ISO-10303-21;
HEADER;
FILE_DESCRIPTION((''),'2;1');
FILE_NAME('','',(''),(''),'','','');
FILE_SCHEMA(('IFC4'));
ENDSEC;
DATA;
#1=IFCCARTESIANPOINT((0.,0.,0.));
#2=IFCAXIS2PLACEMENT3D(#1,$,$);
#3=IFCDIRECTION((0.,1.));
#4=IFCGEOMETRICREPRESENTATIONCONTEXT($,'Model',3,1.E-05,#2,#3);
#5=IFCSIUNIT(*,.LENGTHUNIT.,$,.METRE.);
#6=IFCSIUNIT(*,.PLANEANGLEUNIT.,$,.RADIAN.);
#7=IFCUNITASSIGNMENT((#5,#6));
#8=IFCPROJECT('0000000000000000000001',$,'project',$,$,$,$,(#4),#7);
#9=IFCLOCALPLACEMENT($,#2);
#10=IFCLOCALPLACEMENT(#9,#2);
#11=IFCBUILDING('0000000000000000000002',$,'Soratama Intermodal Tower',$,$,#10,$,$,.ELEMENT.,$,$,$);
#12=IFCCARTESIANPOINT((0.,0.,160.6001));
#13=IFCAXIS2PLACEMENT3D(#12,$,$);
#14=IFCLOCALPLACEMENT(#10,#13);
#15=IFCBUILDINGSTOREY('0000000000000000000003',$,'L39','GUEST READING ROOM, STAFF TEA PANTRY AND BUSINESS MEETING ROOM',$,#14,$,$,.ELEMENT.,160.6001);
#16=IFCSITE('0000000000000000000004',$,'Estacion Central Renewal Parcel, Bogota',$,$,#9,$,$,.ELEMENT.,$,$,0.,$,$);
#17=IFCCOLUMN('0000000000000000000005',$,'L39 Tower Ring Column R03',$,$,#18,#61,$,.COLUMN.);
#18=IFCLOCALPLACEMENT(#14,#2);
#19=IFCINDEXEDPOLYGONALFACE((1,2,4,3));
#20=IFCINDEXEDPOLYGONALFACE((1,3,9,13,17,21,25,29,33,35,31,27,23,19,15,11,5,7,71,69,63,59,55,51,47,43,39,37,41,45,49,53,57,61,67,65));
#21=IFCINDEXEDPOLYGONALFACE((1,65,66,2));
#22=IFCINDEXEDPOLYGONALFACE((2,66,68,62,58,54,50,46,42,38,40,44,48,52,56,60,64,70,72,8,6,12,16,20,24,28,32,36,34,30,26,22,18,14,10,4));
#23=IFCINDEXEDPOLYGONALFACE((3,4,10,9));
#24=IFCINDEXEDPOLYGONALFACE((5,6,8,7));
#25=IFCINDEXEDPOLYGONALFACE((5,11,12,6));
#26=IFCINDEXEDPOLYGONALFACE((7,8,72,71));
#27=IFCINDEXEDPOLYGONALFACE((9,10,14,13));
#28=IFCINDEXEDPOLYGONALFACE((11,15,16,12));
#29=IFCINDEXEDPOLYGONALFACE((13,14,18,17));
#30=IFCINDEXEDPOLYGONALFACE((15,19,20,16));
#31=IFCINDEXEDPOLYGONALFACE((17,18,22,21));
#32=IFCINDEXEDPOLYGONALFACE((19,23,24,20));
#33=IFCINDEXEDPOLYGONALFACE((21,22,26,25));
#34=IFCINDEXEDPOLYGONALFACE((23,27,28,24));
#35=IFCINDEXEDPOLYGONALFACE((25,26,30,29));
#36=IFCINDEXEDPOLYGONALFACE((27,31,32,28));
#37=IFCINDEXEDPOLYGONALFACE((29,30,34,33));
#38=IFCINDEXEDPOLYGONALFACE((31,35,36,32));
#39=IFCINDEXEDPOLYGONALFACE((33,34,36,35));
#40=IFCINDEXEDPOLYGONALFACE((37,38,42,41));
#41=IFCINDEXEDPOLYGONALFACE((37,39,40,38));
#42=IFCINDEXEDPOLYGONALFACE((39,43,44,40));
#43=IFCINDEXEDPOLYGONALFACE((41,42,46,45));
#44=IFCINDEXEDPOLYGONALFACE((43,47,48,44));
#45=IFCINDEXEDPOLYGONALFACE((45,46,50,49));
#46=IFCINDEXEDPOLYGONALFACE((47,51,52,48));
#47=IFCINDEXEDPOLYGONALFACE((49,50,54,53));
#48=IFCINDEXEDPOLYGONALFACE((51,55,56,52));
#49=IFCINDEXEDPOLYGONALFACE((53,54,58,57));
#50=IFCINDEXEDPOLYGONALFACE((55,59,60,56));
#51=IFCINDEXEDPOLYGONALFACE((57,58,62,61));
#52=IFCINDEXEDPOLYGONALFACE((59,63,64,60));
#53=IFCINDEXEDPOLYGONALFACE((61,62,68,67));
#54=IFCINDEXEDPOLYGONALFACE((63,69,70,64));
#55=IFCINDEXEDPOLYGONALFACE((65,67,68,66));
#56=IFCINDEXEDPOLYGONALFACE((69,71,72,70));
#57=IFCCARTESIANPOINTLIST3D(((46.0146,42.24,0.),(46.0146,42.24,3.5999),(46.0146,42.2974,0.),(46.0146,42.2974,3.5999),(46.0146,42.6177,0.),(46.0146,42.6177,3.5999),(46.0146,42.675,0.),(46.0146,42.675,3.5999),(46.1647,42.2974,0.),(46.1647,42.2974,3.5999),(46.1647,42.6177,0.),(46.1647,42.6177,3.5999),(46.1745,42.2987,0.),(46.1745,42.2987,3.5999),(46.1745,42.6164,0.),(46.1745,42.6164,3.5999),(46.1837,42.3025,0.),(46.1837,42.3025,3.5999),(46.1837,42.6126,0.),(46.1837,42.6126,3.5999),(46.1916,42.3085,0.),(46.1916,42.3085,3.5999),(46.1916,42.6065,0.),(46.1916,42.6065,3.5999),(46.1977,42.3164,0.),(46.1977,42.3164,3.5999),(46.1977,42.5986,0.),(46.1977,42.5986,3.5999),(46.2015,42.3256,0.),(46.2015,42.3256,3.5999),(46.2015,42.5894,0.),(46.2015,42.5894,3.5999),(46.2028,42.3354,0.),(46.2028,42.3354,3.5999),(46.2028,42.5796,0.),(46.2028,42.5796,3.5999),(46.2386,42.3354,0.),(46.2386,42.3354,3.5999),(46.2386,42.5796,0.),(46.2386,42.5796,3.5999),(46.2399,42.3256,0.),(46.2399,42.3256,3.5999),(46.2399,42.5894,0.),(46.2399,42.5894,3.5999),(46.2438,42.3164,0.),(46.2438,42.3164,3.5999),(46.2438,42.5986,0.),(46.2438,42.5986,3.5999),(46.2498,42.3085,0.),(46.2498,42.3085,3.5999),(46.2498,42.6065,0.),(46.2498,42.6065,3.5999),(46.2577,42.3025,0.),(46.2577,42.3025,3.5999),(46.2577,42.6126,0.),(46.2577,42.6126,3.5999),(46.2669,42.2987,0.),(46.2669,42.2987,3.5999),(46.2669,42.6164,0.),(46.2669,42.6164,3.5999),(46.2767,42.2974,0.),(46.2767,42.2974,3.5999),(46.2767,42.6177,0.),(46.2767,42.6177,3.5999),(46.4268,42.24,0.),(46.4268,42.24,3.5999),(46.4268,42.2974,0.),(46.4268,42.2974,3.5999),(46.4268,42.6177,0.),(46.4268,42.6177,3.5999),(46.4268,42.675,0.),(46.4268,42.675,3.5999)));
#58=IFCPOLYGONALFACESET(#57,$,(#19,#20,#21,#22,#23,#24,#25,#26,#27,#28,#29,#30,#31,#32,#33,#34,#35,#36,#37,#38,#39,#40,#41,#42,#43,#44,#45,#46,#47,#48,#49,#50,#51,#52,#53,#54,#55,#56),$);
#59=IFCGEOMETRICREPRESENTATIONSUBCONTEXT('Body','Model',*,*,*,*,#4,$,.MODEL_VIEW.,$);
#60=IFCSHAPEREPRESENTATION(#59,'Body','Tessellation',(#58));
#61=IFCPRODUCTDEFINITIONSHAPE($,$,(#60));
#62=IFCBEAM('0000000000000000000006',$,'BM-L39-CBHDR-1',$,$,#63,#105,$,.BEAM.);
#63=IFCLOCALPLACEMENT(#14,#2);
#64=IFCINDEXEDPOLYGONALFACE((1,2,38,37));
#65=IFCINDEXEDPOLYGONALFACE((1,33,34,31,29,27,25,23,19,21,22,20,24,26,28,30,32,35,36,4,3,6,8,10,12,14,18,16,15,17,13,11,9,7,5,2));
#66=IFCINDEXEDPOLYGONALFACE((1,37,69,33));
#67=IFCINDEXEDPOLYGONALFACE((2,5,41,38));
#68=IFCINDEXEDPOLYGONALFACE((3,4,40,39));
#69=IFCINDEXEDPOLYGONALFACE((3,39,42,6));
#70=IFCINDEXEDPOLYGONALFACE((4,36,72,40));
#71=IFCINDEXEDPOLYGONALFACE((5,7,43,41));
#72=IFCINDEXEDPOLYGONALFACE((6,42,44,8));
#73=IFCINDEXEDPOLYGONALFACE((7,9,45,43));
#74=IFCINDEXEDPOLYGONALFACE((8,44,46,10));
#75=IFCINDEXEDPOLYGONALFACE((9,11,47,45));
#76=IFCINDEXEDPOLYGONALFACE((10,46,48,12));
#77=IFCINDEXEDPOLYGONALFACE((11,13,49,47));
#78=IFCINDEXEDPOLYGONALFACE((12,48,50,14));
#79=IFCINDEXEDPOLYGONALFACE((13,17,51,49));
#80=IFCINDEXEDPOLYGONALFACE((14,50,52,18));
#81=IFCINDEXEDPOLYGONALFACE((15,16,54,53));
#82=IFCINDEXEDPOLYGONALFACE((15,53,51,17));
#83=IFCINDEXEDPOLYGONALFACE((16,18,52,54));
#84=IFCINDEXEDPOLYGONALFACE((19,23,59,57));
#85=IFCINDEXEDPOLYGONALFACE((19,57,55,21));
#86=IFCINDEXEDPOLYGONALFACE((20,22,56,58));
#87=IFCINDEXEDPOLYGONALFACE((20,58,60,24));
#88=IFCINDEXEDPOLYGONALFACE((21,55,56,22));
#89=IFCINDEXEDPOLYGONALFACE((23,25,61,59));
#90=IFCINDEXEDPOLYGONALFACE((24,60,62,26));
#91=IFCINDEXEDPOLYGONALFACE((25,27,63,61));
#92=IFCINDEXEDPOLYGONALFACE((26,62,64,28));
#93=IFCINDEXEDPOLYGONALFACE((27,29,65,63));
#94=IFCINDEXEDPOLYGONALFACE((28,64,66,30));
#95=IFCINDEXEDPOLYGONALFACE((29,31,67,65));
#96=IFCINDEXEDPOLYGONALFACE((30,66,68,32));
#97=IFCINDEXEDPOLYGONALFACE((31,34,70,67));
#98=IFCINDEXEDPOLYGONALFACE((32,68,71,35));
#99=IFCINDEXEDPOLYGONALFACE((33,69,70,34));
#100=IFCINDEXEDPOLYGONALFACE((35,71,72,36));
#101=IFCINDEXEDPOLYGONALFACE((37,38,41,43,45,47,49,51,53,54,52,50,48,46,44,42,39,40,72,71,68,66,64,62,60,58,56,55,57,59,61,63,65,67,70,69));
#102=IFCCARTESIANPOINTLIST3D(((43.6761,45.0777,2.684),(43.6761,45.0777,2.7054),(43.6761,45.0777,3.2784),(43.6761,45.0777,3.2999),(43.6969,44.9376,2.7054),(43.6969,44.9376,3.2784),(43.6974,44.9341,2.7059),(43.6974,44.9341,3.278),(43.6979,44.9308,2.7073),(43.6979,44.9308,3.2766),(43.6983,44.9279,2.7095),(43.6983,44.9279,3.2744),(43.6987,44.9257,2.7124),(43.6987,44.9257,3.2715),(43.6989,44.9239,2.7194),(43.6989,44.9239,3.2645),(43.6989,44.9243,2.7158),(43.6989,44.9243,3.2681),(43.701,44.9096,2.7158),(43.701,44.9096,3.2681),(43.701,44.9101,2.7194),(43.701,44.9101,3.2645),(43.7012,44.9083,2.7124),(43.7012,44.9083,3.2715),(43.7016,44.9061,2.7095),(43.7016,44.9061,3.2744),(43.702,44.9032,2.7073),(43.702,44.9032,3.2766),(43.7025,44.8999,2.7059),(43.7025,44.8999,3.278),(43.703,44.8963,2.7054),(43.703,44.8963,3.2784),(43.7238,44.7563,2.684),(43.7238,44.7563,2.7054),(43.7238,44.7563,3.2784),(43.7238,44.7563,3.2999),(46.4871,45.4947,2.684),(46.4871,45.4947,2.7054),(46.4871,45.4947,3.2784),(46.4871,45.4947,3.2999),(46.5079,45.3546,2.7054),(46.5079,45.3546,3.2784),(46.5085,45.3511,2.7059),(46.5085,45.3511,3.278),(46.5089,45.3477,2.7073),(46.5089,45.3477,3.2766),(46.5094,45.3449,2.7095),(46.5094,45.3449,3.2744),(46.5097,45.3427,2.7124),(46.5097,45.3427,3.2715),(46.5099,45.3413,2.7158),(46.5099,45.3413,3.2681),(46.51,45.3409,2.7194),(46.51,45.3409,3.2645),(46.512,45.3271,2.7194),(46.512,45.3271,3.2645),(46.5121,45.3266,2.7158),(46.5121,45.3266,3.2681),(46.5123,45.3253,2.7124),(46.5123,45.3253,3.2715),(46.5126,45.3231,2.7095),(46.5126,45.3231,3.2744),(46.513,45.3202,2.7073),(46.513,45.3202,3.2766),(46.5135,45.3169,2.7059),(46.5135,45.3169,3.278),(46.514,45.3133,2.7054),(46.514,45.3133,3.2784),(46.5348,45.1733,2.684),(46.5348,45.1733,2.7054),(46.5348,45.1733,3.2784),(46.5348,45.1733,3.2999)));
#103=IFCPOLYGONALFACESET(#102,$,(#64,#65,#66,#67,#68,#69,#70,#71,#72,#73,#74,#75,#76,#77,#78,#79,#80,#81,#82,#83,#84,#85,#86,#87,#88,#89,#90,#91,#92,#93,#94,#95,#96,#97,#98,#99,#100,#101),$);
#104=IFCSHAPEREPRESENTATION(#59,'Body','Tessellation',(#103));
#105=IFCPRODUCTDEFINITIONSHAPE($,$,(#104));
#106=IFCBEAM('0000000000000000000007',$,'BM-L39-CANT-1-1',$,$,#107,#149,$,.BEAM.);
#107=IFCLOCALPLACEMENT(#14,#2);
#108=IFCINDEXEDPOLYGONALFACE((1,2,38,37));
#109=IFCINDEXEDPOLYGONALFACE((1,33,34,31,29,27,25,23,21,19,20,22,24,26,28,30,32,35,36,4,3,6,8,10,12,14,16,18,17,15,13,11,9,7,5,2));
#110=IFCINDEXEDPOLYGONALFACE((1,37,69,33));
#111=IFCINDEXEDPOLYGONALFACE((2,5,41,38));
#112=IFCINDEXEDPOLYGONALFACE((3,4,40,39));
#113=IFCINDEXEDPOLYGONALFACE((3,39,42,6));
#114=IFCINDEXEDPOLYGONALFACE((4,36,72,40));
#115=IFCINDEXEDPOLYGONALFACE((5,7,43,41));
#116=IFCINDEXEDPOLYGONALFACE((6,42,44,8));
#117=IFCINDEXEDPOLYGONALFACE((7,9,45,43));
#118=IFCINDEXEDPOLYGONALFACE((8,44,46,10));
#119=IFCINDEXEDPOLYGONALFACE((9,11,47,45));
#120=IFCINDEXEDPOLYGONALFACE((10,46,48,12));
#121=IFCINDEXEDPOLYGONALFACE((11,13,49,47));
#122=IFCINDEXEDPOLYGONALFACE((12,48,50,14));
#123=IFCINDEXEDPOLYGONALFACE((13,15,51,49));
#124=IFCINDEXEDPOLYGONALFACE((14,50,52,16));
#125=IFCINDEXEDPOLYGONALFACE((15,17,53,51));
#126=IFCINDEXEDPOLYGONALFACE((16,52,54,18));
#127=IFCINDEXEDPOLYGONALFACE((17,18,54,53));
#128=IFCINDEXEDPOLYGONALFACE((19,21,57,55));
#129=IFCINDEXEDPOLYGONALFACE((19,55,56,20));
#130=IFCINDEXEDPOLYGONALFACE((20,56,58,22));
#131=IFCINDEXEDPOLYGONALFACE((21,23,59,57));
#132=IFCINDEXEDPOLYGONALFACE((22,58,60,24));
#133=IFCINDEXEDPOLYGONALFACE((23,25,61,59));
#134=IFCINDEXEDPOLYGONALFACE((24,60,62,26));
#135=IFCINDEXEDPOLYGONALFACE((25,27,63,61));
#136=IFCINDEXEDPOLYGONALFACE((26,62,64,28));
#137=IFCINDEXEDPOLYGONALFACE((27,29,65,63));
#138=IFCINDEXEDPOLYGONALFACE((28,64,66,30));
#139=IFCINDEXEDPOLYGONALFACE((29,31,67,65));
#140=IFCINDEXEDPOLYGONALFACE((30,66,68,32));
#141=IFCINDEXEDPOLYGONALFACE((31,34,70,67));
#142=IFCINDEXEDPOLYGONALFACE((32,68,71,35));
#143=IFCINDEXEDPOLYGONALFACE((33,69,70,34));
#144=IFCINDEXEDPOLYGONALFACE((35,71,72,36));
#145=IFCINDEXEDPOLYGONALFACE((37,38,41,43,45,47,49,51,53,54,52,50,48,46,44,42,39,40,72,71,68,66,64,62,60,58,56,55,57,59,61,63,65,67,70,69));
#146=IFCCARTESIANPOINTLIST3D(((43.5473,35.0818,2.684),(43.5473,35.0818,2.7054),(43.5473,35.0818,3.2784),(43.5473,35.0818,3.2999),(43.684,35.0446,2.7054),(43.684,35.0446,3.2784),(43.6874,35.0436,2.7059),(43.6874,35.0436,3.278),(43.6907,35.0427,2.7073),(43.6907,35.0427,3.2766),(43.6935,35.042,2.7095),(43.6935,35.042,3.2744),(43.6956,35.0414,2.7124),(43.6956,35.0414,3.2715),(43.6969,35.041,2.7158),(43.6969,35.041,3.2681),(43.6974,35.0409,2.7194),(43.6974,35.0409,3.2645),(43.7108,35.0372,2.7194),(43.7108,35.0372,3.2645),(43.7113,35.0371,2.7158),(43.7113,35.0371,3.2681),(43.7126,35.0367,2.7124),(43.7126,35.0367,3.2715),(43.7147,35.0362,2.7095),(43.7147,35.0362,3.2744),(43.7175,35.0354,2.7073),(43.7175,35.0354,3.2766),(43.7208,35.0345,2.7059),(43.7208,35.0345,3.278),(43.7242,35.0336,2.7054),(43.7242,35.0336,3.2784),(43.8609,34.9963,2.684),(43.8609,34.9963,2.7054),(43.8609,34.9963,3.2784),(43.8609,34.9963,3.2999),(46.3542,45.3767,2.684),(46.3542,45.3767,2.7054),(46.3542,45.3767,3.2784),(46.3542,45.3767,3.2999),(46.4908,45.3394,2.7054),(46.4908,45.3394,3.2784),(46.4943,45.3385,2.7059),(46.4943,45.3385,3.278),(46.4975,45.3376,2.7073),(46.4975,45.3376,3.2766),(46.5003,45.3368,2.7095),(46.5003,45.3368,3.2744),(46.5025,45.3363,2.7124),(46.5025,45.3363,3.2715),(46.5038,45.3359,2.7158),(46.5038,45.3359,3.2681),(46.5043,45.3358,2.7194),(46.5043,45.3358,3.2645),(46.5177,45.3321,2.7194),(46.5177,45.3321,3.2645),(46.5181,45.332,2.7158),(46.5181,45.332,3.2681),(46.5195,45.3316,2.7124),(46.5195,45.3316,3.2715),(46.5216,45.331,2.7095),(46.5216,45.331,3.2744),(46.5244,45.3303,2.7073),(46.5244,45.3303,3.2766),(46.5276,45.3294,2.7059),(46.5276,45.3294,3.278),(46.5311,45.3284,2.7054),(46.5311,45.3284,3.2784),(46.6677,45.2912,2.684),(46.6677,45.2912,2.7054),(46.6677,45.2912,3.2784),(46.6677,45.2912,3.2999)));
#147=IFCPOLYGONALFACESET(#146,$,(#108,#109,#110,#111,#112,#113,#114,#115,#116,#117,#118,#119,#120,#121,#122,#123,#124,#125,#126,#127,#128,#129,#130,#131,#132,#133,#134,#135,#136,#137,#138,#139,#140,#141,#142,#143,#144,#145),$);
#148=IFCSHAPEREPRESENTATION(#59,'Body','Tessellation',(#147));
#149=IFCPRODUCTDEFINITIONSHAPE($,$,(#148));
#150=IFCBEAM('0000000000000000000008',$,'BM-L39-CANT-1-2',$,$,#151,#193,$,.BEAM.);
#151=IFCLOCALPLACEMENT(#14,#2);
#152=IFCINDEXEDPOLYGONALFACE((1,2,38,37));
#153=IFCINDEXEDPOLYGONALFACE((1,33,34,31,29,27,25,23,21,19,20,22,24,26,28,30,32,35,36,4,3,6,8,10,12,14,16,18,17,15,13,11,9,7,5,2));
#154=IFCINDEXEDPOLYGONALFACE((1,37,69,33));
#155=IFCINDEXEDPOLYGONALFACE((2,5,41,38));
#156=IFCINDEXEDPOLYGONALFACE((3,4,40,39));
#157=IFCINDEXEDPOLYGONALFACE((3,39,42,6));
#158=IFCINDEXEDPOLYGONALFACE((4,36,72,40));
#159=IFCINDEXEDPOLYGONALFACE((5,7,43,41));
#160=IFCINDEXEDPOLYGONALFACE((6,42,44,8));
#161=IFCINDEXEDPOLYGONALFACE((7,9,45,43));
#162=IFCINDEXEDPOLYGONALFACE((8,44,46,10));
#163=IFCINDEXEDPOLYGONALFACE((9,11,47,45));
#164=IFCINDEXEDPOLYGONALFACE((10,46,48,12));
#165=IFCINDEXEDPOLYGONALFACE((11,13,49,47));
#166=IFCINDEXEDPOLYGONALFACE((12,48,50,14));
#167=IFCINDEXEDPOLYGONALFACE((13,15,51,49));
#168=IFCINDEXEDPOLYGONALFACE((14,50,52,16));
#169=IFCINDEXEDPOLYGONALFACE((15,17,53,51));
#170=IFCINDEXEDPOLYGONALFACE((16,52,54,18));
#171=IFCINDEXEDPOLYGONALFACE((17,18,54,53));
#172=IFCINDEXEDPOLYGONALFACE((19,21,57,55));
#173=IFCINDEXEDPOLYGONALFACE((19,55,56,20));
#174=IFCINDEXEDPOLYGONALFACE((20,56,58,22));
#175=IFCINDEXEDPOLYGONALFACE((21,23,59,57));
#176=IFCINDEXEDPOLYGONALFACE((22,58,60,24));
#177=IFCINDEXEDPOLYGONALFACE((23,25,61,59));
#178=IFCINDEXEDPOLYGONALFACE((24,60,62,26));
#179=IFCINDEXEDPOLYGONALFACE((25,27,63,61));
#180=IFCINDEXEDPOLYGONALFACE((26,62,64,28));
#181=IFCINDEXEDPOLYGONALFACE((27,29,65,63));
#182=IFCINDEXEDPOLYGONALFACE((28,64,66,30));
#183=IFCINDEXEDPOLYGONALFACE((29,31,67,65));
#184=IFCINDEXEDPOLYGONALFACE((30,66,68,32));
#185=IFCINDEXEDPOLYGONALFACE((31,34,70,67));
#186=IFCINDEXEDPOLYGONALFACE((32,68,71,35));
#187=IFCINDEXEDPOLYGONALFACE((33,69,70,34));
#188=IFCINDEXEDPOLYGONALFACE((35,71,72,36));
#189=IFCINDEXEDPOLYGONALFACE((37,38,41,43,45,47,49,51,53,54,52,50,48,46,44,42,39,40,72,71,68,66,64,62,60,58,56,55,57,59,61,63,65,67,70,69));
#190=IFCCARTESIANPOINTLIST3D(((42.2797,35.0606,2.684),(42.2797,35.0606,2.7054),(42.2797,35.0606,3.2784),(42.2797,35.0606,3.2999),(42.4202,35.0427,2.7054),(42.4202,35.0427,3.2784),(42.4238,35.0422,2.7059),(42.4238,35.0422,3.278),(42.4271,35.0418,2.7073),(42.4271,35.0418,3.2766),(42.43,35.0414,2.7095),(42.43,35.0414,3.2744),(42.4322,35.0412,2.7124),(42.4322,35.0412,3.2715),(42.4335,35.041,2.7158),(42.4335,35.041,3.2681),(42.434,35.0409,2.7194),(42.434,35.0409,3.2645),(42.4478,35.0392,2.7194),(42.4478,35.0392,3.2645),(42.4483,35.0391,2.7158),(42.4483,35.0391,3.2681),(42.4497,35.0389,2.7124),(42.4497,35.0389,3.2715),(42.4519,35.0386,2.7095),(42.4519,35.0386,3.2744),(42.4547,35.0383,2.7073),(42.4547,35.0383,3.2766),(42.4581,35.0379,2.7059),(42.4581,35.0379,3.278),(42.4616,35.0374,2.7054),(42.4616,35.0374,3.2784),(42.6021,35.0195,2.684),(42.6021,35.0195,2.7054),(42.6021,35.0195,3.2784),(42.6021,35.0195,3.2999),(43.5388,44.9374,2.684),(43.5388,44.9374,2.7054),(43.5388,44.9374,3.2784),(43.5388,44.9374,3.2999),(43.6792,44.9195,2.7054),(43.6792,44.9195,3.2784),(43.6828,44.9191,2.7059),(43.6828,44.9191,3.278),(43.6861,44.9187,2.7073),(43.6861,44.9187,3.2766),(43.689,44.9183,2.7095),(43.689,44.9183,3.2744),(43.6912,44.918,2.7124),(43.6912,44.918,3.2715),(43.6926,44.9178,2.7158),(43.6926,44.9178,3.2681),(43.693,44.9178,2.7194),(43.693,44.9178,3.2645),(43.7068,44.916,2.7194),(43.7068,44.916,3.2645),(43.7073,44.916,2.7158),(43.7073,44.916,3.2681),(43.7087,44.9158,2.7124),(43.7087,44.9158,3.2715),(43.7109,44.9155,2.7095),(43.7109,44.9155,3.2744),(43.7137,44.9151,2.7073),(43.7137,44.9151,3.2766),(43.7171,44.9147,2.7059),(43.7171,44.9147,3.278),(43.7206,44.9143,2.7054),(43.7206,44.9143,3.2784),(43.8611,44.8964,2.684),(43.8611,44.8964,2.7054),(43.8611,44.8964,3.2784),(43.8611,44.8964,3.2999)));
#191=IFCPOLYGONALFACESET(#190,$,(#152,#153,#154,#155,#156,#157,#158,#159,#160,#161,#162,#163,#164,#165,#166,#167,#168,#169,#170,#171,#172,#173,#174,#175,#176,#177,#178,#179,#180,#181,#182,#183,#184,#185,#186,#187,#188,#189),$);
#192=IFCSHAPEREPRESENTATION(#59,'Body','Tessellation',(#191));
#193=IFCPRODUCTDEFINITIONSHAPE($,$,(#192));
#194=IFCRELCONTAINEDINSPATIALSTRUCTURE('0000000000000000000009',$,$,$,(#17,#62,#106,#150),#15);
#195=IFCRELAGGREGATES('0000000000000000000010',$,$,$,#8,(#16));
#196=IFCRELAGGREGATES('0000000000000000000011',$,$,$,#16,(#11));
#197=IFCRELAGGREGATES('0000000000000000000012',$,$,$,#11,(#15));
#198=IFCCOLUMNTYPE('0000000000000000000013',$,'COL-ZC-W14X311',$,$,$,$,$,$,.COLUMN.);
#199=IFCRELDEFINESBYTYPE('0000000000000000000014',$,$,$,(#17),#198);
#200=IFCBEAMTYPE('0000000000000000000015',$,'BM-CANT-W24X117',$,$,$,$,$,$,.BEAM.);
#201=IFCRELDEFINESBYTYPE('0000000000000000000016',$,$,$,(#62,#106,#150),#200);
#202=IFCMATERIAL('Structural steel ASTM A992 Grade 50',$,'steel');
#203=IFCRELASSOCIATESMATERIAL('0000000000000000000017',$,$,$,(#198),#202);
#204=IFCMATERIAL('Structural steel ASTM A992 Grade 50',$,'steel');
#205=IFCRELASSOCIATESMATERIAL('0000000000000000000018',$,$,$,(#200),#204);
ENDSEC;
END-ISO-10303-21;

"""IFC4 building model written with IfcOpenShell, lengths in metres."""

from ifc_helpers import new_model, si_unit, direction, frame, origin, origin_2d, place, context, subcontext, project, spatial, i_section, extrude, material, material_profile, profile_set, type_object, element, save


model = new_model("IFC4")

# Units and contexts
model_context = context("Model", 3, precision=1e-05, world=origin(), true_north=direction((0.0, 1.0)))
body_context = subcontext(model_context, "Body", "Model", "MODEL_VIEW")
ifc_project = project(units=[si_unit("LENGTHUNIT", "METRE"), si_unit("PLANEANGLEUNIT", "RADIAN")], contexts=[model_context])

# Site, building, storey
site_placement = place(None, origin())
site = spatial("IfcSite", under=ifc_project, at=site_placement, Name="Estacion Central Renewal Parcel, Bogota", CompositionType="ELEMENT", RefElevation=0.0)
building_placement = place(site_placement, origin())
building = spatial("IfcBuilding", under=site, at=building_placement, Name="Soratama Intermodal Tower", CompositionType="ELEMENT")
storey_placement = place(building_placement, frame((0.0, 0.0, 160.6001)))
storey = spatial("IfcBuildingStorey", under=building, at=storey_placement, Name="L39", Description="GUEST READING ROOM, STAFF TEA PANTRY AND BUSINESS MEETING ROOM", CompositionType="ELEMENT", Elevation=160.6001)

# Column
ifc_material_1 = material(Name="Structural steel ASTM A992 Grade 50", Category="steel")
ifc_material_profile_1 = material_profile(ifc_material_1, i_section(OverallWidth=0.4121, OverallDepth=0.4351, WebThickness=0.0359, FlangeThickness=0.0574, FilletRadius=0.0381, at=origin_2d()), Name="W14X311")
ifc_profile_set_1 = profile_set([ifc_material_profile_1], Name="Structural steel ASTM A992 Grade 50")
column_type = type_object("IfcColumnType", Name="COL-ZC-W14X311", PredefinedType="COLUMN", material=ifc_profile_set_1)
column_placement = place(storey_placement, frame((46.2207, 42.4575, 0.0), z_axis=(0.0, 0.0, 1.0), x_axis=(1.0, 0.0, 0.0)))
element("IfcColumn", 1, at=column_placement, inside=storey, type_object=column_type, Name="L39 Tower Ring Column R03", PredefinedType="COLUMN", context=body_context, shape_type="SweptSolid", body=[
    extrude(i_section(OverallWidth=0.4121, OverallDepth=0.4351, WebThickness=0.0359, FlangeThickness=0.0574, FilletRadius=0.0381, at=origin_2d()), origin(), (0.0, 0.0, 1.0), 3.5999),
])

# Beams
ifc_material_2 = material(Name="Structural steel ASTM A992 Grade 50", Category="steel")
ifc_material_profile_2 = material_profile(ifc_material_2, i_section(OverallWidth=0.325, OverallDepth=0.616, WebThickness=0.0139, FlangeThickness=0.0215, FilletRadius=0.0139, at=origin_2d()), Name="W24X117")
ifc_profile_set_2 = profile_set([ifc_material_profile_2], Name="Structural steel ASTM A992 Grade 50")
beam_type_1 = type_object("IfcBeamType", Name="BM-CANT-W24X117", PredefinedType="BEAM", material=ifc_profile_set_2)
beam_1_placement = place(storey_placement, frame((46.511, 45.334, 2.9919), z_axis=(-0.989176, -0.146735, 0.0), x_axis=(0.146735, -0.989176, 0.0)))
element("IfcBeam", 2, at=beam_1_placement, inside=storey, type_object=beam_type_1, Name="BM-L39-CBHDR-1", PredefinedType="BEAM", context=body_context, shape_type="SweptSolid", body=[
    extrude(i_section(OverallWidth=0.325, OverallDepth=0.616, WebThickness=0.0139, FlangeThickness=0.0215, FilletRadius=0.0139, at=origin_2d()), origin(), (0.0, 0.0, 1.0), 2.8418),
])
beam_2_placement = place(storey_placement, frame((43.7041, 35.0391, 2.9919), z_axis=(0.263046, 0.964783, 0.0), x_axis=(-0.964783, 0.263046, 0.0)))
element("IfcBeam", 3, at=beam_2_placement, inside=storey, type_object=beam_type_1, Name="BM-L39-CANT-1-1", PredefinedType="BEAM", context=body_context, shape_type="SweptSolid", body=[
    extrude(i_section(OverallWidth=0.325, OverallDepth=0.616, WebThickness=0.0139, FlangeThickness=0.0215, FilletRadius=0.0139, at=origin_2d()), origin(), (0.0, 0.0, 1.0), 10.6707),
])
beam_3_placement = place(storey_placement, frame((42.4409, 35.04, 2.9919), z_axis=(0.126449, 0.991973, 0.0), x_axis=(-0.991973, 0.126449, 0.0)))
element("IfcBeam", 4, at=beam_3_placement, inside=storey, type_object=beam_type_1, Name="BM-L39-CANT-1-2", PredefinedType="BEAM", context=body_context, shape_type="SweptSolid", body=[
    extrude(i_section(OverallWidth=0.325, OverallDepth=0.616, WebThickness=0.0139, FlangeThickness=0.0215, FilletRadius=0.0139, at=origin_2d()), origin(), (0.0, 0.0, 1.0), 9.9568),
])

save(model, "model.ifc")
